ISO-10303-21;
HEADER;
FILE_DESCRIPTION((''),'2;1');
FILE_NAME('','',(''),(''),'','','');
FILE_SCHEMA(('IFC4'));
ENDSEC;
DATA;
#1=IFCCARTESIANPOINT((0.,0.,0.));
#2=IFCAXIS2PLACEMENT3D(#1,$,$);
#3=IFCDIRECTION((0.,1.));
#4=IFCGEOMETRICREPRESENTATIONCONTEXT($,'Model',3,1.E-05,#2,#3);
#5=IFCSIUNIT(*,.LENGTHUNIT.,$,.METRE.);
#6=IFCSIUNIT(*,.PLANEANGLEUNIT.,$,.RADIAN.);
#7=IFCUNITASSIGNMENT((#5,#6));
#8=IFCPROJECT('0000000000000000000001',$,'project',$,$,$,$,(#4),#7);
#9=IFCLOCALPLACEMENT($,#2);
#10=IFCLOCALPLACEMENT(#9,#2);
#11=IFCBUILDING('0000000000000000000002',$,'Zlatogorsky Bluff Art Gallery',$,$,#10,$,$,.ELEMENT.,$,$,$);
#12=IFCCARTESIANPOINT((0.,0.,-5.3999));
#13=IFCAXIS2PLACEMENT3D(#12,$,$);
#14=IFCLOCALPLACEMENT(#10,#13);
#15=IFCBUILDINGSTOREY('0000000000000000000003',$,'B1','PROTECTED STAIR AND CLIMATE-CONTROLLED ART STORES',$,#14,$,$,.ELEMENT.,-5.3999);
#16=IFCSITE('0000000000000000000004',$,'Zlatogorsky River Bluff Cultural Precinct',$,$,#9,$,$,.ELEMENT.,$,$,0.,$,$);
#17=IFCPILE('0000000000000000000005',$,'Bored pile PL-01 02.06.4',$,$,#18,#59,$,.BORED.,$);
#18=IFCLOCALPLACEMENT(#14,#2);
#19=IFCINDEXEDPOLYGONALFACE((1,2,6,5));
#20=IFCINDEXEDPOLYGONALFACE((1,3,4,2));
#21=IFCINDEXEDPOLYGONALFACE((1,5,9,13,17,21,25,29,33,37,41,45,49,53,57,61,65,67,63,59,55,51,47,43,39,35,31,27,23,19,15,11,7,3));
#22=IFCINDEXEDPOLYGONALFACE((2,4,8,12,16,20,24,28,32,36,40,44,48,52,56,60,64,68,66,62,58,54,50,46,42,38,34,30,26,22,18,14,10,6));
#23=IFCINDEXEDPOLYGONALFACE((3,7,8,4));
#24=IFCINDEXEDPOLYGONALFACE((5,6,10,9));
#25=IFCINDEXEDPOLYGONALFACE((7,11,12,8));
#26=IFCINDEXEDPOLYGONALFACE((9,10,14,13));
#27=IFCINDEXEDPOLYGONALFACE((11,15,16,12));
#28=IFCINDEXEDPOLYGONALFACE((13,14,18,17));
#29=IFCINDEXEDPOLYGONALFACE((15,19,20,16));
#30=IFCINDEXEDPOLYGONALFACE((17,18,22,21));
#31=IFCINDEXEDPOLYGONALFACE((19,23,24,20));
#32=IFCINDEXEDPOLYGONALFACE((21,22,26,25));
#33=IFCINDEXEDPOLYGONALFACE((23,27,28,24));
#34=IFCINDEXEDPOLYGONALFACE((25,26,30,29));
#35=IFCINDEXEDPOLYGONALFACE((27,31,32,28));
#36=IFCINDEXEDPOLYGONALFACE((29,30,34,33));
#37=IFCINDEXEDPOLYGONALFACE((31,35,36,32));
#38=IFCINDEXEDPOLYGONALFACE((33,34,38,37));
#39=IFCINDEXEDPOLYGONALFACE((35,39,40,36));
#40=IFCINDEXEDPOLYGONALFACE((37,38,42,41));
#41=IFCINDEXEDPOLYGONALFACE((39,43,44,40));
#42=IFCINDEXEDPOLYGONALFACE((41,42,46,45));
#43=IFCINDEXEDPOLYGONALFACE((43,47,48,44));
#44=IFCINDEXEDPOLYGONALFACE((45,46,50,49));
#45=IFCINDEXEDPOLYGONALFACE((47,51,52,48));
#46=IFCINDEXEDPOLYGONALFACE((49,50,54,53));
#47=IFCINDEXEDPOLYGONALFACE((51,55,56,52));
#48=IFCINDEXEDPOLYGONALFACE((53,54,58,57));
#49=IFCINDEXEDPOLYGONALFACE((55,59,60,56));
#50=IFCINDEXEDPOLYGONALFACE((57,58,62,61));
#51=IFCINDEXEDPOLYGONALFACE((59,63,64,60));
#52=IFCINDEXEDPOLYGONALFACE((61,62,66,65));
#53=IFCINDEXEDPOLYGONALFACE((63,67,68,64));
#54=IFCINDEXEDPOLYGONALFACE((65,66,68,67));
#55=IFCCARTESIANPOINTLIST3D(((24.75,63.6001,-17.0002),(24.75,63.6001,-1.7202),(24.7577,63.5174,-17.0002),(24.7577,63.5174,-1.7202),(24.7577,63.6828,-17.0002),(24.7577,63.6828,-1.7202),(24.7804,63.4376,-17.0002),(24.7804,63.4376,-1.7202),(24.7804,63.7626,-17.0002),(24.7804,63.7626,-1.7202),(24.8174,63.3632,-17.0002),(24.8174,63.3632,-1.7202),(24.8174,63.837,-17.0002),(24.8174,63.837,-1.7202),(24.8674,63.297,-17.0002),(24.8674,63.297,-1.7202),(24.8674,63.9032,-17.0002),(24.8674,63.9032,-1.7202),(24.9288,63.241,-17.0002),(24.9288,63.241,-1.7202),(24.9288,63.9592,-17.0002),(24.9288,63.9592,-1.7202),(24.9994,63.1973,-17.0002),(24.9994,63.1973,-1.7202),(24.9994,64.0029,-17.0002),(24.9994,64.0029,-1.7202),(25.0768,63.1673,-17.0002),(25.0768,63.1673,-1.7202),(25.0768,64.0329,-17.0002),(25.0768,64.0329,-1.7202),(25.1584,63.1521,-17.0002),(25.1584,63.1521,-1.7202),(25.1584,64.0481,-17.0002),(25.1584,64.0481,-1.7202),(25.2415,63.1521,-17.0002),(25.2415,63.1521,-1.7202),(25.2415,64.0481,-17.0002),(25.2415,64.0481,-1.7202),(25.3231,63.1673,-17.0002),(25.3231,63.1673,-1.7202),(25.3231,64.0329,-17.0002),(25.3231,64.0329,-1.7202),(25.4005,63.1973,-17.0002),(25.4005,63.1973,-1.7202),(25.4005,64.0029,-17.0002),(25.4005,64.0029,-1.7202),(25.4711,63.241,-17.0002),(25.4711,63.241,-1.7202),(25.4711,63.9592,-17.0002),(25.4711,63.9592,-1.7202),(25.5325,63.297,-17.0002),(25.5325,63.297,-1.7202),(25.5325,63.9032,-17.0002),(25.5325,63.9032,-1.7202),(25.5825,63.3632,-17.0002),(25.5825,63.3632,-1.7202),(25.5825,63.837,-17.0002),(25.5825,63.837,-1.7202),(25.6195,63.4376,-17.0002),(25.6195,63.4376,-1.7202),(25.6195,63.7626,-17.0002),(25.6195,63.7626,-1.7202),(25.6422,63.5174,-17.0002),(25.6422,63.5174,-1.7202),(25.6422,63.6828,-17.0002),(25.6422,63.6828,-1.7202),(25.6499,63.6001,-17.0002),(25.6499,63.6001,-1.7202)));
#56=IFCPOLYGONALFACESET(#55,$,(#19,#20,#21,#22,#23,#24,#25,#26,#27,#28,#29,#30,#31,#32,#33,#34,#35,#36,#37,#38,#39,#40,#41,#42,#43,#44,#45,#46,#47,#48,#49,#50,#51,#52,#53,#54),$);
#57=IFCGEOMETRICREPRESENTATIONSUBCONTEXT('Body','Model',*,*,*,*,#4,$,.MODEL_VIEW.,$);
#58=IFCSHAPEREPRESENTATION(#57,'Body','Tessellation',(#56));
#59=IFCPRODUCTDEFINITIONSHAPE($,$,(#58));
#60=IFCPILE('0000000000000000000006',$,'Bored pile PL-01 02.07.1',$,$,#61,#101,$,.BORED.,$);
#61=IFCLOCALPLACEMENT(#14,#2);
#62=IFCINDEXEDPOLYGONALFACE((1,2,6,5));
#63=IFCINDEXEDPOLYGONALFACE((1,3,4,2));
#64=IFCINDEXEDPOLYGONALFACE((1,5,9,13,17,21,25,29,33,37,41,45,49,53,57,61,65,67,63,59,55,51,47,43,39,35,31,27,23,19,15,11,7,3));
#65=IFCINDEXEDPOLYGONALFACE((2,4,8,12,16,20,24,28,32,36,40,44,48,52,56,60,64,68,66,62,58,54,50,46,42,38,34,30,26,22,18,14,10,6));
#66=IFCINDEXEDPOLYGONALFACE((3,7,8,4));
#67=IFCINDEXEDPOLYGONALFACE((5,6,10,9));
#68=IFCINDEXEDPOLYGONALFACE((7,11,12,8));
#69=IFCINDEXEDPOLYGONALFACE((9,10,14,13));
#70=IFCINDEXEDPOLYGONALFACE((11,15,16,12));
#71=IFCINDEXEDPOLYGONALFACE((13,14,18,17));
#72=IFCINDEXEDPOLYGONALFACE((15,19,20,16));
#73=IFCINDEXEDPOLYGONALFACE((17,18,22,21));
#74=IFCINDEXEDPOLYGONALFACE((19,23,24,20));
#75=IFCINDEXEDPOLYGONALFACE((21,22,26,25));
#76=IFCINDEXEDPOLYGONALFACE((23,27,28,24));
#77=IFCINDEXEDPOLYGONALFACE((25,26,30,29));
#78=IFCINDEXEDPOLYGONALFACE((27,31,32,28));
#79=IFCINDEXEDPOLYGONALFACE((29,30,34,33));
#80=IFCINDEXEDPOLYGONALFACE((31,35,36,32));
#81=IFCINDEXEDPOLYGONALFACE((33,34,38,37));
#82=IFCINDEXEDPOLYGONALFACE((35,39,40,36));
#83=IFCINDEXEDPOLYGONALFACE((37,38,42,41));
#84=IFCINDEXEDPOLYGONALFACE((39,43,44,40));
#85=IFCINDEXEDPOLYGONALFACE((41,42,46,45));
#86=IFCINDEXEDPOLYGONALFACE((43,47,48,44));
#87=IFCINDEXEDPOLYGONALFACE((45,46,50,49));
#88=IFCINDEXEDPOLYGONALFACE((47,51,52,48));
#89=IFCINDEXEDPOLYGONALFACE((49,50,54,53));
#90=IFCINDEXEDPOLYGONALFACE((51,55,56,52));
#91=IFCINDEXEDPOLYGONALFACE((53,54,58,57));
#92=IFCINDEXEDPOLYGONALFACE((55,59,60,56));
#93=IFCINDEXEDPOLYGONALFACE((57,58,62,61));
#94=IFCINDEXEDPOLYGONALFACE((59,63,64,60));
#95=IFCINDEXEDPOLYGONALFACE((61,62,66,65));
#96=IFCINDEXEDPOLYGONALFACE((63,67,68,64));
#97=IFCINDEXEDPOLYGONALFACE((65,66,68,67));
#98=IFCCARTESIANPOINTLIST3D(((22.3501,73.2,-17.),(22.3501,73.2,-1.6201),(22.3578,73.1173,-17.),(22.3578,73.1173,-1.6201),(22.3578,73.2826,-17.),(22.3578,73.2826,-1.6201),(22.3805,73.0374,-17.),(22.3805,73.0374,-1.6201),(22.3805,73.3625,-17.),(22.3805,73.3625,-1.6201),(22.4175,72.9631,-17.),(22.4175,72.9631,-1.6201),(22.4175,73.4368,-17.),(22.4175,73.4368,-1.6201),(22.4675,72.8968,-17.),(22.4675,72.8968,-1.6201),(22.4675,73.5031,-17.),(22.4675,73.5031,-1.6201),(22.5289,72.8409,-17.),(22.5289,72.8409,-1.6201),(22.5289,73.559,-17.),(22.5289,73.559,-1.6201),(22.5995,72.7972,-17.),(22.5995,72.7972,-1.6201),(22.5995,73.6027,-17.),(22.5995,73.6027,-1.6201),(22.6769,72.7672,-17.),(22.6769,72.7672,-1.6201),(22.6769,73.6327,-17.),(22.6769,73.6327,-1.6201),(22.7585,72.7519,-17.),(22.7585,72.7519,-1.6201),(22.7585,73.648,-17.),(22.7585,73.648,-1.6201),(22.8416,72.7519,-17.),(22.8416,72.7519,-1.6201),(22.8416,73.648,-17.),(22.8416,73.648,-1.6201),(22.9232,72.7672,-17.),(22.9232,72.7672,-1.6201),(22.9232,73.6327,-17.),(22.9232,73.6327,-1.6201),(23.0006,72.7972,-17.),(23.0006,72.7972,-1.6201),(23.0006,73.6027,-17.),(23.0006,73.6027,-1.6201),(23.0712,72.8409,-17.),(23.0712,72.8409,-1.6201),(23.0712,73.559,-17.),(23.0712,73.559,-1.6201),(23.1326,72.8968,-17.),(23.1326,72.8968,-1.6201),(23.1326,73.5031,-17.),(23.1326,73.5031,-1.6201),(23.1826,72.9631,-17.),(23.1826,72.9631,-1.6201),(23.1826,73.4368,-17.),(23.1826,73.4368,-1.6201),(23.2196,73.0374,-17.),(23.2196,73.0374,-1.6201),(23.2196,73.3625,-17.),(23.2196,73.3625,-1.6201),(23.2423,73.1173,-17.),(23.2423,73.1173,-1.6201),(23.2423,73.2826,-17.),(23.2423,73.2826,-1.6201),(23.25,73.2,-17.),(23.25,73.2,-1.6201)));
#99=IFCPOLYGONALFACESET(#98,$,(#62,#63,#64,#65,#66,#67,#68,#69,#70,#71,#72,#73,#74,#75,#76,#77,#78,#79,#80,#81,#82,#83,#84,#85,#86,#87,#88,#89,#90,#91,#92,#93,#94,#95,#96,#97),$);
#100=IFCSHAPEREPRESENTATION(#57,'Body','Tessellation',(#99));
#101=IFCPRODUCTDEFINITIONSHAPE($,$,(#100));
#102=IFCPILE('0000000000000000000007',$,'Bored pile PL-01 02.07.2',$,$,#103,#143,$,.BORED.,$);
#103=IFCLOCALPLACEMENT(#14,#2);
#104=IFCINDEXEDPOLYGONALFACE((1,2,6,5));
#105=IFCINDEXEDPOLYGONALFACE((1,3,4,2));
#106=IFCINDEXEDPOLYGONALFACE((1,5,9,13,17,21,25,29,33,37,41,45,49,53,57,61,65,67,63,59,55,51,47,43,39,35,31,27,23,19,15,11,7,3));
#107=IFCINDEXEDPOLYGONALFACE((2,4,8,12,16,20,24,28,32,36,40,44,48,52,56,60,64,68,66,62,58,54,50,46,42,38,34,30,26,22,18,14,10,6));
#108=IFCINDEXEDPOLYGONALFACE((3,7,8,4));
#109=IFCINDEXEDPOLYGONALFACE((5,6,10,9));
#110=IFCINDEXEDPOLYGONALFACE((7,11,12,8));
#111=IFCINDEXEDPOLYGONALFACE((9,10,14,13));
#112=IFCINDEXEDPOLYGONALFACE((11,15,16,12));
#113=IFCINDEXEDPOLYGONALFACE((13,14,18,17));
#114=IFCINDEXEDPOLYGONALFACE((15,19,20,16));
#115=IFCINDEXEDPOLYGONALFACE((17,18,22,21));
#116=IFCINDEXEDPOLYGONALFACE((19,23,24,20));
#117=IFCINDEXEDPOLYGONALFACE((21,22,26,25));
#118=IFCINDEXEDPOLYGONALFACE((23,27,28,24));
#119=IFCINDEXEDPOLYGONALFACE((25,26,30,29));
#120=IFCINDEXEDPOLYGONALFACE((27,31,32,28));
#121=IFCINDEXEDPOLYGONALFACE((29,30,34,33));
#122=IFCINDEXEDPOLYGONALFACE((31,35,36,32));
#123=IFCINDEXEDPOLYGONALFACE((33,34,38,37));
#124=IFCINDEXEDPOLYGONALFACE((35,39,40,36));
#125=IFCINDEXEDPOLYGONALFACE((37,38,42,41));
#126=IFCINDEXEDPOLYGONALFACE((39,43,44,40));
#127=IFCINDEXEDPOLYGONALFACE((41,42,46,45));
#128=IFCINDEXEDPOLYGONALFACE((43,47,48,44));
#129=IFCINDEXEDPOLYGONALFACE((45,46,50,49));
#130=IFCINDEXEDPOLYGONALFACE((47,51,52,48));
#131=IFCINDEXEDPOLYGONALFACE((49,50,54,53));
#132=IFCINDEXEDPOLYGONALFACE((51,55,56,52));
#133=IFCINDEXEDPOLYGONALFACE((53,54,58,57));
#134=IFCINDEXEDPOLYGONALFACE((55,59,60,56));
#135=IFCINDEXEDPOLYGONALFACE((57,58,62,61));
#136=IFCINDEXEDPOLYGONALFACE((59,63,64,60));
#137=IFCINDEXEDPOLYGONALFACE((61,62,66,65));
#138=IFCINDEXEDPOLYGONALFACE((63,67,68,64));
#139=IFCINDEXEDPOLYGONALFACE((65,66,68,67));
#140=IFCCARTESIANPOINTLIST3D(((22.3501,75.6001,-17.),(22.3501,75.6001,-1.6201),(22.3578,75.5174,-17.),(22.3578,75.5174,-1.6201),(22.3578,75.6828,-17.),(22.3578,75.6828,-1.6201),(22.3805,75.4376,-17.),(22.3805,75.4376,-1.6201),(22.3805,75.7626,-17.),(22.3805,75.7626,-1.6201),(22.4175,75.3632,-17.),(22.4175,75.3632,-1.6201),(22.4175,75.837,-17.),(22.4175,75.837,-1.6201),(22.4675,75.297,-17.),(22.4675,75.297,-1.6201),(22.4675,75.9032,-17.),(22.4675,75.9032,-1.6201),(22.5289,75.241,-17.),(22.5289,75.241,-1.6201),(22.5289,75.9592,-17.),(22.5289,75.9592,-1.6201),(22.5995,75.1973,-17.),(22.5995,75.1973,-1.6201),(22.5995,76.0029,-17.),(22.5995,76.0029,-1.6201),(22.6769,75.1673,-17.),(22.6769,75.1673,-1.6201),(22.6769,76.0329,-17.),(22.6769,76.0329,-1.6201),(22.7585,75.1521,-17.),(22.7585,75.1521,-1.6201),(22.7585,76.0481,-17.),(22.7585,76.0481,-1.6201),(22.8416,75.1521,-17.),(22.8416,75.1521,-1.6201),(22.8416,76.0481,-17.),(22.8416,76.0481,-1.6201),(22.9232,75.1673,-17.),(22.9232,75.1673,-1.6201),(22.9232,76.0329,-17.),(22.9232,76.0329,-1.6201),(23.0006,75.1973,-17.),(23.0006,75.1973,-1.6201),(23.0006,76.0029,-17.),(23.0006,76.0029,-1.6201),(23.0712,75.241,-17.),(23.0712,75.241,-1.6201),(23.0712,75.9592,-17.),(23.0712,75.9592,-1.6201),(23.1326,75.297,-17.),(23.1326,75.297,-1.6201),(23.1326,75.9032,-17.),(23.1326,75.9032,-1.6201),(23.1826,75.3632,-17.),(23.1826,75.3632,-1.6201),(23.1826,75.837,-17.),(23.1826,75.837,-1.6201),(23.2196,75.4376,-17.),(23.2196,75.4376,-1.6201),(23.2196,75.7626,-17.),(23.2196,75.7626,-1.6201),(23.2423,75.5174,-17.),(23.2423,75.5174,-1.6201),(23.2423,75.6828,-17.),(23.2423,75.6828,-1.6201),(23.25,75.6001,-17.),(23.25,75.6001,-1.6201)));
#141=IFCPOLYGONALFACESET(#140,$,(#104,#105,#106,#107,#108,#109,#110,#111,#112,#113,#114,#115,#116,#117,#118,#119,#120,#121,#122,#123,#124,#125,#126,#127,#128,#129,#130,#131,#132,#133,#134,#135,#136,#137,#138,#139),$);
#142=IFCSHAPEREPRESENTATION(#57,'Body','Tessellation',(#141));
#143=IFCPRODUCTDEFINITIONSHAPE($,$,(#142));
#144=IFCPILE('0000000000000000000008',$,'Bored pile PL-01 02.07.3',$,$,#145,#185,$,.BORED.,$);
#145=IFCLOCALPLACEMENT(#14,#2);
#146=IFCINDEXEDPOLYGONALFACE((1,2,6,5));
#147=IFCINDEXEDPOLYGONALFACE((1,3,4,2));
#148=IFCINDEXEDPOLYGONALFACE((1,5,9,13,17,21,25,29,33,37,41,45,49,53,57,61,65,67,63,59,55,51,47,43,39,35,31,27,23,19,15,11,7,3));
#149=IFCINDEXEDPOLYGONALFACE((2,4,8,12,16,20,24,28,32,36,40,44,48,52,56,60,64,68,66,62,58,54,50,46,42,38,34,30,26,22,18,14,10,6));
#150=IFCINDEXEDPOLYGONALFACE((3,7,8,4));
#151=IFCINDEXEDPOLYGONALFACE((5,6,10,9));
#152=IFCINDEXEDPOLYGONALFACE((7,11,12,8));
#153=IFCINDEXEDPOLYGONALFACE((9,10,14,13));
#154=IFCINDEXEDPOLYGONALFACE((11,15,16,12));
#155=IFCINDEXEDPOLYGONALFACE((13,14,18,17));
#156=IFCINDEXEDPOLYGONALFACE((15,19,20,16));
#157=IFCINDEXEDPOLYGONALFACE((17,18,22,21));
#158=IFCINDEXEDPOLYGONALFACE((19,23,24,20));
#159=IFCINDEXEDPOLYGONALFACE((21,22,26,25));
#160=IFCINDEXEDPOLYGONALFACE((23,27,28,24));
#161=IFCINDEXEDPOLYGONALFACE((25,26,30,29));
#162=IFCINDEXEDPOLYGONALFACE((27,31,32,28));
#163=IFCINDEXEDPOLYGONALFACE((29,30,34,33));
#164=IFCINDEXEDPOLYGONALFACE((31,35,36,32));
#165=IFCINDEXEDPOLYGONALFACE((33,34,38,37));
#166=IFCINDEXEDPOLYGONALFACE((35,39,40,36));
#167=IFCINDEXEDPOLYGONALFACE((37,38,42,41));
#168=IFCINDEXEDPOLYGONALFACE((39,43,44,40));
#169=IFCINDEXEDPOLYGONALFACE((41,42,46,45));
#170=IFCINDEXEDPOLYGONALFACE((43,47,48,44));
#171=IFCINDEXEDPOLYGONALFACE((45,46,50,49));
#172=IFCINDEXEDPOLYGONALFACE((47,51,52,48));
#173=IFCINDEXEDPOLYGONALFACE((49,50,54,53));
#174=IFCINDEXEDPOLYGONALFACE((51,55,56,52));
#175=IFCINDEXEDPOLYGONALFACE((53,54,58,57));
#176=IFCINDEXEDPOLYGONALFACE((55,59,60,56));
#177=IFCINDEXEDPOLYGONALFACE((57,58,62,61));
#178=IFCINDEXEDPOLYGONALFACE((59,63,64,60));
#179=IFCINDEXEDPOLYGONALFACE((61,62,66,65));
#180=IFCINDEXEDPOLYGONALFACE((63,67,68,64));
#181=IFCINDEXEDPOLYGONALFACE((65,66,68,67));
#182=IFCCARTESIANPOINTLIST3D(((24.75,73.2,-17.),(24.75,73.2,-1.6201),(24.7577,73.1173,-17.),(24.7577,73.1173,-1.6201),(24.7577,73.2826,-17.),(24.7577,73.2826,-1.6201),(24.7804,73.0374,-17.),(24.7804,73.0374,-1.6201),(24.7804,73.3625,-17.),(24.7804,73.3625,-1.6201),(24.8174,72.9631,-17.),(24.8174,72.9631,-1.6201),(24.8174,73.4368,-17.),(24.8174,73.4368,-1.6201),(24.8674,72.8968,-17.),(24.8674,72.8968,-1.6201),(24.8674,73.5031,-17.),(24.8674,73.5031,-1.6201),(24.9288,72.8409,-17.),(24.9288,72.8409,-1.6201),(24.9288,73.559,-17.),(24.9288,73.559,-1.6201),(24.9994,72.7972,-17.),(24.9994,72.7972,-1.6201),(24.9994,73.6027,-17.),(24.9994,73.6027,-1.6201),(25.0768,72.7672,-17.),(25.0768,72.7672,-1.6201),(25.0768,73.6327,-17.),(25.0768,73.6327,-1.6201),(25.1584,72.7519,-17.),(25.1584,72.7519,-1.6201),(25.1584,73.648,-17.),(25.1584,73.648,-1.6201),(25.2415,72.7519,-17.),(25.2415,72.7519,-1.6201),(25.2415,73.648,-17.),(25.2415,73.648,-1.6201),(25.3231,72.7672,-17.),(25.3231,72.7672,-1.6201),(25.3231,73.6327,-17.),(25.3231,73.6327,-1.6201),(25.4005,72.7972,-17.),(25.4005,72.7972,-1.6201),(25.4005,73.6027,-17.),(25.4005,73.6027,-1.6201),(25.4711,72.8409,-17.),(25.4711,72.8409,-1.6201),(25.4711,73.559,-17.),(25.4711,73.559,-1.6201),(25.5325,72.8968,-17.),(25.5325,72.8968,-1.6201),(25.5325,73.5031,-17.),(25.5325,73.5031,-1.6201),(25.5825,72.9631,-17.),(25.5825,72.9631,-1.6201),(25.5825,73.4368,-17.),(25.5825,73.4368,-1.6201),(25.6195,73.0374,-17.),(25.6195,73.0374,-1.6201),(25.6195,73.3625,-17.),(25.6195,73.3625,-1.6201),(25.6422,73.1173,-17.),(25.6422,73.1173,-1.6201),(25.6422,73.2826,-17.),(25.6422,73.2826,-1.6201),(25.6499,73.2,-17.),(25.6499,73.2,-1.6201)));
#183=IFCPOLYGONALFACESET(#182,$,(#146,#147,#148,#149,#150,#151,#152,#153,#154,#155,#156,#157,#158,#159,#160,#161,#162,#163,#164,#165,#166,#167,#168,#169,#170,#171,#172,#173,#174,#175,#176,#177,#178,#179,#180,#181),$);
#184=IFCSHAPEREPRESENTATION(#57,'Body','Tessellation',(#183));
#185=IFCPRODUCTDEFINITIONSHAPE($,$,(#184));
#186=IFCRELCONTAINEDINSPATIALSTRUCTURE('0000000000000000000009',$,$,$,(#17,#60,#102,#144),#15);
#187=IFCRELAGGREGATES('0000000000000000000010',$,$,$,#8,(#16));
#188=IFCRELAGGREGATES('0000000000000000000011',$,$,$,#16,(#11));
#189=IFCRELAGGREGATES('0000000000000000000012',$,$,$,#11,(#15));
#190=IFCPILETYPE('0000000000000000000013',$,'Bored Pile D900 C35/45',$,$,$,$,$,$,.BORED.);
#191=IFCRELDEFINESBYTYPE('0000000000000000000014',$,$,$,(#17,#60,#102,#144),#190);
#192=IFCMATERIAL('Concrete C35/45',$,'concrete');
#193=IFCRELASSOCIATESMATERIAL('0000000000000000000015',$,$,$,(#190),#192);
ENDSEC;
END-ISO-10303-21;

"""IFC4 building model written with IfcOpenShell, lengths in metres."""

from ifc_helpers import new_model, si_unit, direction, frame, origin, origin_2d, place, context, subcontext, project, spatial, circle, extrude, material, material_profile, profile_set, type_object, element, save


model = new_model("IFC4")

# Units and contexts
model_context = context("Model", 3, precision=1e-05, world=origin(), true_north=direction((0.0, 1.0)))
body_context = subcontext(model_context, "Body", "Model", "MODEL_VIEW")
ifc_project = project(units=[si_unit("LENGTHUNIT", "METRE"), si_unit("PLANEANGLEUNIT", "RADIAN")], contexts=[model_context])

# Site, building, storey
site_placement = place(None, origin())
site = spatial("IfcSite", under=ifc_project, at=site_placement, Name="Zlatogorsky River Bluff Cultural Precinct", CompositionType="ELEMENT", RefElevation=0.0)
building_placement = place(site_placement, origin())
building = spatial("IfcBuilding", under=site, at=building_placement, Name="Zlatogorsky Bluff Art Gallery", CompositionType="ELEMENT")
storey_placement = place(building_placement, frame((0.0, 0.0, -5.3999)))
storey = spatial("IfcBuildingStorey", under=building, at=storey_placement, Name="B1", Description="PROTECTED STAIR AND CLIMATE-CONTROLLED ART STORES", CompositionType="ELEMENT", Elevation=-5.3999)

# Piles
ifc_material_1 = material(Name="Concrete C35/45", Category="concrete")
ifc_material_profile_1 = material_profile(ifc_material_1, circle(Radius=0.45, at=origin_2d()), Name="BORED PILE D900")
ifc_profile_set_1 = profile_set([ifc_material_profile_1], Name="Concrete C35/45")
pile_type_1 = type_object("IfcPileType", Name="Bored Pile D900 C35/45", PredefinedType="BORED", material=ifc_profile_set_1)
pile_placement = place(storey_placement, frame((25.2, 63.6001, -1.7202), z_axis=(0.0, 0.0, -1.0), x_axis=(1.0, 0.0, 0.0)))
element("IfcPile", 1, at=pile_placement, inside=storey, type_object=pile_type_1, Name="Bored pile PL-01 02.06.4", PredefinedType="BORED", context=body_context, shape_type="SweptSolid", body=[
    extrude(circle(Radius=0.45, at=origin_2d()), origin(), (0.0, 0.0, 1.0), 15.28),
])
for number, where, z_axis, x_axis, name in (
    (2, (22.8, 73.2, -1.6201), (0.0, 0.0, -1.0), (1.0, 0.0, 0.0), "Bored pile PL-01 02.07.1"),
    (3, (22.8, 75.6001, -1.6201), (0.0, 0.0, -1.0), (1.0, 0.0, 0.0), "Bored pile PL-01 02.07.2"),
    (4, (25.2, 73.2, -1.6201), (0.0, 0.0, -1.0), (1.0, 0.0, 0.0), "Bored pile PL-01 02.07.3"),
):
    element("IfcPile", number, at=place(storey_placement, frame(where, z_axis=z_axis, x_axis=x_axis)), inside=storey, type_object=pile_type_1, Name=name, PredefinedType="BORED", context=body_context, shape_type="SweptSolid", body=[
        extrude(circle(Radius=0.45, at=origin_2d()), origin(), (0.0, 0.0, 1.0), 15.3799),
    ])

save(model, "model.ifc")
